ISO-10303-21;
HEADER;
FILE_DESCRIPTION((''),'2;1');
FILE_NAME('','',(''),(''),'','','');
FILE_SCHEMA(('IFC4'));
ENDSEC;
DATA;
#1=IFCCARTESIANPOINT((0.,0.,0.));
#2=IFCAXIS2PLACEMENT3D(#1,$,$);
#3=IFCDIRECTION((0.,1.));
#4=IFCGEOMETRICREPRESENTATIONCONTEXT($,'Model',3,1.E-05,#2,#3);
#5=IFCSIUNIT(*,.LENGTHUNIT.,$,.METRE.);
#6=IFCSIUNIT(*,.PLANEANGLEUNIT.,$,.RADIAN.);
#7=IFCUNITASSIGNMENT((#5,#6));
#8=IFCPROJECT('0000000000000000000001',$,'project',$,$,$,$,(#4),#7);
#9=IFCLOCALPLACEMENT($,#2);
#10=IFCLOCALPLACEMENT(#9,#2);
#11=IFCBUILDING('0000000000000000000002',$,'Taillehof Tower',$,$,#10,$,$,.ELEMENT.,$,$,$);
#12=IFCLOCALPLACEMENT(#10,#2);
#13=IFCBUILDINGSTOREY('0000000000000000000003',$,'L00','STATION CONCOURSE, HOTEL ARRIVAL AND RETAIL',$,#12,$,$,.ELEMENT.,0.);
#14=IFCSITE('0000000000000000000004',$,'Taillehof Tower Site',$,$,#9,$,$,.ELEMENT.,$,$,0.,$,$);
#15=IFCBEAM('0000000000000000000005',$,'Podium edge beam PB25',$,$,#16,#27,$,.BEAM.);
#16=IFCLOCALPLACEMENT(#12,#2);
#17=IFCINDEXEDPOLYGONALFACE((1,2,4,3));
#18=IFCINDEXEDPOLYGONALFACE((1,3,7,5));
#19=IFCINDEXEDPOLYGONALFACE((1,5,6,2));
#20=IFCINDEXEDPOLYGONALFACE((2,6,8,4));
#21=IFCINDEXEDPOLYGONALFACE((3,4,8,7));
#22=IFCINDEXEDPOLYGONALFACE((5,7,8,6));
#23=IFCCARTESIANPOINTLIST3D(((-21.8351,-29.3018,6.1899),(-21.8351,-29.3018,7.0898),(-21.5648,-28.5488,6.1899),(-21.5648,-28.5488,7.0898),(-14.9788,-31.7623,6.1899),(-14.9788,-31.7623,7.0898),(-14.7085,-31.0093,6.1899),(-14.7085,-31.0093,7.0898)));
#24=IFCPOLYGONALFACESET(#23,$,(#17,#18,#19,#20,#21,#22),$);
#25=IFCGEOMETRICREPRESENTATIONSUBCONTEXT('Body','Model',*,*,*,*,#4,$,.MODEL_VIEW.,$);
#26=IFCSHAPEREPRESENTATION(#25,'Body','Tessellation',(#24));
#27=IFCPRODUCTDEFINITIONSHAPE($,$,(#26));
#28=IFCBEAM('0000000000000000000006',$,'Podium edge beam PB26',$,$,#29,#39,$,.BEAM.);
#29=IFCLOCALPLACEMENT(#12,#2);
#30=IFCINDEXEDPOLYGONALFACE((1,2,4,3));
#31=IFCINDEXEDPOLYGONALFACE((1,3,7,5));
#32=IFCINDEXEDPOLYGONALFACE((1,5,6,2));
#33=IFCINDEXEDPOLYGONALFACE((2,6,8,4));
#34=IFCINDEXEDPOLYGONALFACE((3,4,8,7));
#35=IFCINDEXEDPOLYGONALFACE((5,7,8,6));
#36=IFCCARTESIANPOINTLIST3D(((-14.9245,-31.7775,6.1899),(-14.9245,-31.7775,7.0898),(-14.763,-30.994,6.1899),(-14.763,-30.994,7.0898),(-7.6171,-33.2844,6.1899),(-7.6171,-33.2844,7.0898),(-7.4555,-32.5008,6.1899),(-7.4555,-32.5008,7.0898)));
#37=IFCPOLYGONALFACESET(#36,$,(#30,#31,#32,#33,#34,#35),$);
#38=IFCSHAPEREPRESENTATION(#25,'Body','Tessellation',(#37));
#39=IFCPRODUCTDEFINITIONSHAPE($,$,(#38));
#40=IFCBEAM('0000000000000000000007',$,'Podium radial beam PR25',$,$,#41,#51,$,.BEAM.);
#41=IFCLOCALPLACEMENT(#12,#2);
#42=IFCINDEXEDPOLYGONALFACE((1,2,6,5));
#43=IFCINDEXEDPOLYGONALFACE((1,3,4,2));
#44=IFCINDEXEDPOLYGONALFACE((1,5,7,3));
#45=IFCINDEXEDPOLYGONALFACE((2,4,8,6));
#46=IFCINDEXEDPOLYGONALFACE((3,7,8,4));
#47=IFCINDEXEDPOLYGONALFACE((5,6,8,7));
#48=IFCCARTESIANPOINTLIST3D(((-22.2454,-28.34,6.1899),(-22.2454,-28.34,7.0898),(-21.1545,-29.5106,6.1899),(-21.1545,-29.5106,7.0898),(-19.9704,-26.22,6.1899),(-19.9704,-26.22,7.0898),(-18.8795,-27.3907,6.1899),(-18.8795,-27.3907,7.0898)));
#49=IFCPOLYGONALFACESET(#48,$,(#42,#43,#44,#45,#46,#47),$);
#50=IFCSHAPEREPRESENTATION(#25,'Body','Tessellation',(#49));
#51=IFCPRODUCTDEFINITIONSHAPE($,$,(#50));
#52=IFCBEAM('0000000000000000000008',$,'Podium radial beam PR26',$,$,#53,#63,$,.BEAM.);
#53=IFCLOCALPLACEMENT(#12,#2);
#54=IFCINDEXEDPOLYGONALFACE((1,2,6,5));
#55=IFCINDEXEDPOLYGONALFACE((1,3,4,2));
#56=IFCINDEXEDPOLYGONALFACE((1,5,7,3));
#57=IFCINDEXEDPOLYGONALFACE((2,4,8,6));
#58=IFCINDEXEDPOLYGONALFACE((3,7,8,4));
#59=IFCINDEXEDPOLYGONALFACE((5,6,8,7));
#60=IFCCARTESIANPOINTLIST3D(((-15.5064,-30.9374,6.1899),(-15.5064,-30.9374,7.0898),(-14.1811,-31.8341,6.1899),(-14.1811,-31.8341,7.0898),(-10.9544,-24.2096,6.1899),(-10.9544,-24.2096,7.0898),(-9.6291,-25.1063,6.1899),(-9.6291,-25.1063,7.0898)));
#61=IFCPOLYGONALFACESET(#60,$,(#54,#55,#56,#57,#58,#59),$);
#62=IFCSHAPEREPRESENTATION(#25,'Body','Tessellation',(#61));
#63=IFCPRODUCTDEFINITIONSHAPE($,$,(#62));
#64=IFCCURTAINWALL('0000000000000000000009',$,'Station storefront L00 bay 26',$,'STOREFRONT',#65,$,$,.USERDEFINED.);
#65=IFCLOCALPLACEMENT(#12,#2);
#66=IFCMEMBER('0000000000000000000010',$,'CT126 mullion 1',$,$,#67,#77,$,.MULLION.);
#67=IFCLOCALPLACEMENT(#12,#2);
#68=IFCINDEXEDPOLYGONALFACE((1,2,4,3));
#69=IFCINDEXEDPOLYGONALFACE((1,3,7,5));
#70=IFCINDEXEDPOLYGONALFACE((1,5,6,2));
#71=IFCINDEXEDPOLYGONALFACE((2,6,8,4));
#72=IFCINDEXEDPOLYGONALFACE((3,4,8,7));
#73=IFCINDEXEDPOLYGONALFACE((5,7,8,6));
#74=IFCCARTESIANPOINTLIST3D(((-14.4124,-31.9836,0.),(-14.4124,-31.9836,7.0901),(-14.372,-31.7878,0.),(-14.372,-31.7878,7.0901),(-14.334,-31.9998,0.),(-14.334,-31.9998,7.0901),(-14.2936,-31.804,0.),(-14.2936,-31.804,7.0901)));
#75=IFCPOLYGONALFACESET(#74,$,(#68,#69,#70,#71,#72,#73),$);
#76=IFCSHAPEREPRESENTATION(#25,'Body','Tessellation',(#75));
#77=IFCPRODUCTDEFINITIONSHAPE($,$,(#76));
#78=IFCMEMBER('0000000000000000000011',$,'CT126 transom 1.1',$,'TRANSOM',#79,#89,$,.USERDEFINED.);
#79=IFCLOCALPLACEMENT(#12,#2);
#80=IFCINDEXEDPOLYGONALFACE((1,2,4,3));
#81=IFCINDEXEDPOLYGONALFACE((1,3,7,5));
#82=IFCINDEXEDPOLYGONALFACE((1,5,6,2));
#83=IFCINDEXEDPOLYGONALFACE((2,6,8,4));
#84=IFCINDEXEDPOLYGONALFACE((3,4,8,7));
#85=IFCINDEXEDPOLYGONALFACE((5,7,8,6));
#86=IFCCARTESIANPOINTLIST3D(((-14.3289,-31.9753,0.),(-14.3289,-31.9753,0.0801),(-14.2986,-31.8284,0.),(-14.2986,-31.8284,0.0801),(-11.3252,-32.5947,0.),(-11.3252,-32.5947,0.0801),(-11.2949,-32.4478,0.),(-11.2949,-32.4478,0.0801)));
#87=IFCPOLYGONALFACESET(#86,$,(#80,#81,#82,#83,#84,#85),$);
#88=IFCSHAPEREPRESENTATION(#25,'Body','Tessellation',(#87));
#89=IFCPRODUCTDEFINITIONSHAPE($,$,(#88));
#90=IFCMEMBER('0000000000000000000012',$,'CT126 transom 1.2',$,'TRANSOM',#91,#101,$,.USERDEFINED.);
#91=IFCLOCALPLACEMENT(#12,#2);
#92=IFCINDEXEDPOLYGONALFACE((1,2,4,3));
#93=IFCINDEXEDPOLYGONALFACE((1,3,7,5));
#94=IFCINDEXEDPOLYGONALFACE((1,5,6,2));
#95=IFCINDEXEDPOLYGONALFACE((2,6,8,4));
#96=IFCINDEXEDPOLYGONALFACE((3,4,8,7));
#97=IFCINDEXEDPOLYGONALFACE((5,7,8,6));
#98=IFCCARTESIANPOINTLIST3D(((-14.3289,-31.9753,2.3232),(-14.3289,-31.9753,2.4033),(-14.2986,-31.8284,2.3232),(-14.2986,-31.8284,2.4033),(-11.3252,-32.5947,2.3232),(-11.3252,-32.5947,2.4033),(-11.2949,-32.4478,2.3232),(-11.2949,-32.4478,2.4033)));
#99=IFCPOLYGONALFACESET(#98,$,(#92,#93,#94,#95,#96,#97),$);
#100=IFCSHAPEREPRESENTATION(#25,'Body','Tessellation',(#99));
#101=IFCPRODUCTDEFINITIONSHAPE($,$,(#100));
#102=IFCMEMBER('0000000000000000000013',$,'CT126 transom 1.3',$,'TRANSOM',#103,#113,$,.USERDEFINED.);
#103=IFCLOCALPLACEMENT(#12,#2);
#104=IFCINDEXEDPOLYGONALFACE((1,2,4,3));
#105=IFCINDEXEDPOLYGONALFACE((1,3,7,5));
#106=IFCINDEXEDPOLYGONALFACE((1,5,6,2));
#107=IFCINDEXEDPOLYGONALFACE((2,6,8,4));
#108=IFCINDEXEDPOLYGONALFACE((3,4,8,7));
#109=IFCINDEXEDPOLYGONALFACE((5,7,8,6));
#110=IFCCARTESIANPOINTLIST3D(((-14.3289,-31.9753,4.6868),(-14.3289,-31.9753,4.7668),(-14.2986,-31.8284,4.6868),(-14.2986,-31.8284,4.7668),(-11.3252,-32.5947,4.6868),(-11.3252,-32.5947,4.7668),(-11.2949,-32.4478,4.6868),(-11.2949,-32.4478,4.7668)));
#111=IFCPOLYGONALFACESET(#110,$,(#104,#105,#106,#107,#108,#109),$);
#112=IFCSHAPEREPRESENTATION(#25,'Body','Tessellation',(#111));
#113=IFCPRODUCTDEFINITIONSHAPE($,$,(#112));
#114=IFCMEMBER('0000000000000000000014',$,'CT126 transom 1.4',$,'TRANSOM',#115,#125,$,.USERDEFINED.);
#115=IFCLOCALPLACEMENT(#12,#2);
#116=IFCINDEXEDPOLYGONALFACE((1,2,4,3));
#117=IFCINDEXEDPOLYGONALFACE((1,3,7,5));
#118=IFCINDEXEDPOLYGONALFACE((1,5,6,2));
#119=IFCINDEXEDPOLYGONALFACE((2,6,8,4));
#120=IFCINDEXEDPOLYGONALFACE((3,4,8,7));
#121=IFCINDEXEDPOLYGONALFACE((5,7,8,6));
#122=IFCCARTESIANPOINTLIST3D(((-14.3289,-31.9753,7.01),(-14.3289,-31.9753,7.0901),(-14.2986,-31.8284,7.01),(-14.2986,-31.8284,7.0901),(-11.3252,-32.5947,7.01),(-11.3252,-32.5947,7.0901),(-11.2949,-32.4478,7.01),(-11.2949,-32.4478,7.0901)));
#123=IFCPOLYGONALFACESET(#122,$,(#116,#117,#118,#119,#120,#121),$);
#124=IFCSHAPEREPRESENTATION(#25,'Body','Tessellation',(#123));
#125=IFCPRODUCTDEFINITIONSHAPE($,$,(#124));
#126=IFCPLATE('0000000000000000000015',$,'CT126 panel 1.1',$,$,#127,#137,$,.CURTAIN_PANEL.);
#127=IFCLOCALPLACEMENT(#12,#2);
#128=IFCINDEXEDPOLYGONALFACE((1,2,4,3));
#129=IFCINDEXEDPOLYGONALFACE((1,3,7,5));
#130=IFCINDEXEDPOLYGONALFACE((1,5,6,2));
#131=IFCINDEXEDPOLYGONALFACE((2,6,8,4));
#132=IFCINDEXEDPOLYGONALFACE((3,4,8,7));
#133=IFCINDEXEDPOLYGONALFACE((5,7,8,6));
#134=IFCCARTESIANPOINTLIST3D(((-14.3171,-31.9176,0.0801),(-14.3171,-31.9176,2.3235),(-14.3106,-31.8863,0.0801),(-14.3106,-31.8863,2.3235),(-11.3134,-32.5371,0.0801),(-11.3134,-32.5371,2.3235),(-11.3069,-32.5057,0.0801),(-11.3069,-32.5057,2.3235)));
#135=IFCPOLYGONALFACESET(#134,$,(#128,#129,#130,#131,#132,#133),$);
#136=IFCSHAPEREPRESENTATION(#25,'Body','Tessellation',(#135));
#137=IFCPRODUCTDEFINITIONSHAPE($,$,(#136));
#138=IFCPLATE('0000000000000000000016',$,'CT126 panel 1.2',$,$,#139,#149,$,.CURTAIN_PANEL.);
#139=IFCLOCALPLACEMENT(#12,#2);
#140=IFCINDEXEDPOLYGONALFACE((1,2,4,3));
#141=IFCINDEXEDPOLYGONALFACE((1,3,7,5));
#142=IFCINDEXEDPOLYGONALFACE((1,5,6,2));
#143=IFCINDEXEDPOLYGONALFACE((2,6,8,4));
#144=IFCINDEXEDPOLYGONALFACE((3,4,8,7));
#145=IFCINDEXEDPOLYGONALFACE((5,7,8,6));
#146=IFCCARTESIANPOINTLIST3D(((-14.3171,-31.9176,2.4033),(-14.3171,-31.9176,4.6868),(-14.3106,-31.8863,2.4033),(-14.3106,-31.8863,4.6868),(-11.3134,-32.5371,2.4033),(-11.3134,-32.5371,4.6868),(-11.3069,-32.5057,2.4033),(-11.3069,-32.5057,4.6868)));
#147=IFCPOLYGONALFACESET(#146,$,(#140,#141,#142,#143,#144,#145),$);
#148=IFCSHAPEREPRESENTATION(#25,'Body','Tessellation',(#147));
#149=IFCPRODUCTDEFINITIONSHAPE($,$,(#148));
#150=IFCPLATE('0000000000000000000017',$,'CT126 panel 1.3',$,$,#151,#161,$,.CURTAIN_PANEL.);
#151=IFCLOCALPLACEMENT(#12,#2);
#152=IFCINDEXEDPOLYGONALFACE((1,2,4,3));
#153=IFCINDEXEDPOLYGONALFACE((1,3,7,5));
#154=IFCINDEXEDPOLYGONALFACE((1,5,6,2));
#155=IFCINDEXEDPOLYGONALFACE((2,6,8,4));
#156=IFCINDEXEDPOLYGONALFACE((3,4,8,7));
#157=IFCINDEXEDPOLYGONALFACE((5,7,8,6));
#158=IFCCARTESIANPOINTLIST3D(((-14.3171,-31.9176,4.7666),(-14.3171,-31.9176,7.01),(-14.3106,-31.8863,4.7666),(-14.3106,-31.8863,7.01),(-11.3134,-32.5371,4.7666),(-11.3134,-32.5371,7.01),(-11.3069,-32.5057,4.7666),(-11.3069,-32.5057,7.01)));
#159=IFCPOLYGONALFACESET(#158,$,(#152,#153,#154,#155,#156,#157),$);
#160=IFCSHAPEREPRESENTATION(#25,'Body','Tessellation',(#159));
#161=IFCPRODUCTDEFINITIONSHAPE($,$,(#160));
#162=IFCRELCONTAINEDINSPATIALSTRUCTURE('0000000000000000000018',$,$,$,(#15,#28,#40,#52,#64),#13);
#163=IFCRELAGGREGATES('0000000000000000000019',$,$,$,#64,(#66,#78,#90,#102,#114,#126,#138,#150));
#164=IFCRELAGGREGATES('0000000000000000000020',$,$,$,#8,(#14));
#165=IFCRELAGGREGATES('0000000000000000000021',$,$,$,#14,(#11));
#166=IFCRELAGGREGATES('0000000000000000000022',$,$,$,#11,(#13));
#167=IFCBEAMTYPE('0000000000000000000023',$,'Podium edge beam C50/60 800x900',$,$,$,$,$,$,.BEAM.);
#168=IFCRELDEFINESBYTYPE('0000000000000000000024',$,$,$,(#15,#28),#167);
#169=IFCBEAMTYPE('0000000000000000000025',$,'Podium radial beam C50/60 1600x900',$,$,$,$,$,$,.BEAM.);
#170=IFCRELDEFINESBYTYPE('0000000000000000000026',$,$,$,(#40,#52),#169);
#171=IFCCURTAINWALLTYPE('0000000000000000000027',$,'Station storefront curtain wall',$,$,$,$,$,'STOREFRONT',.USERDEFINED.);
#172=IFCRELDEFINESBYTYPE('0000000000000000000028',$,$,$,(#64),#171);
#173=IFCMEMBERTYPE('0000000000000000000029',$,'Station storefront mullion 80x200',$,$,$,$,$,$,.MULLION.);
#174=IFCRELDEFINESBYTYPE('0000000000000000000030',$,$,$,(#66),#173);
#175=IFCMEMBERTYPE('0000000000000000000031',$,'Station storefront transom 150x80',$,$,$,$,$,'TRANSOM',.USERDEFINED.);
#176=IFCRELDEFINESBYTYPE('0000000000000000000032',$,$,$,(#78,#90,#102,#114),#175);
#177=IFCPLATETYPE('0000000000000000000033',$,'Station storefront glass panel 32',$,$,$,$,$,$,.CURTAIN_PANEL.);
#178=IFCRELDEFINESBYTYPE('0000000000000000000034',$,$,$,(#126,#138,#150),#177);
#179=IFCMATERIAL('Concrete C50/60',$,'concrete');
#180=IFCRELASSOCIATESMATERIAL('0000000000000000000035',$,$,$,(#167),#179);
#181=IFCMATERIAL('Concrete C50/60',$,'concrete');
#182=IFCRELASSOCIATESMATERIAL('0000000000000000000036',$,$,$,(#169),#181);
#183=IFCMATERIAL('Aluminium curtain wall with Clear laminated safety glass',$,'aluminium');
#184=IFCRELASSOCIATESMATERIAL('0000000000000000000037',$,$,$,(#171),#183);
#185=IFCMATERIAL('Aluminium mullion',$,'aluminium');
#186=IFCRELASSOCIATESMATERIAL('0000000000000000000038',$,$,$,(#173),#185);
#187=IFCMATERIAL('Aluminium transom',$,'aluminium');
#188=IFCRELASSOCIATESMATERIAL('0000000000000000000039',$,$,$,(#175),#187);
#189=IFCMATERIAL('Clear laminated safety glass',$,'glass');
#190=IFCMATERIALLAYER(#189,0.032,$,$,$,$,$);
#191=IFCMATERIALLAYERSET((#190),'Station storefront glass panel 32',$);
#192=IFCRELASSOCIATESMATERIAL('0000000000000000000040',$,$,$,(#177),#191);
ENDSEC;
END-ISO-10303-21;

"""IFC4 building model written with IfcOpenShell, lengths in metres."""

from ifc_helpers import new_model, si_unit, direction, frame, origin, origin_2d, place, context, subcontext, project, spatial, rectangle, extrude, material, layer, layer_set, material_profile, profile_set, type_object, element, aggregate, save


model = new_model("IFC4")

# Units and contexts
model_context = context("Model", 3, precision=1e-05, world=origin(), true_north=direction((0.0, 1.0)))
body_context = subcontext(model_context, "Body", "Model", "MODEL_VIEW")
ifc_project = project(units=[si_unit("LENGTHUNIT", "METRE"), si_unit("PLANEANGLEUNIT", "RADIAN")], contexts=[model_context])

# Site, building, storey
site_placement = place(None, origin())
site = spatial("IfcSite", under=ifc_project, at=site_placement, Name="Taillehof Tower Site", CompositionType="ELEMENT", RefElevation=0.0)
building_placement = place(site_placement, origin())
building = spatial("IfcBuilding", under=site, at=building_placement, Name="Taillehof Tower", CompositionType="ELEMENT")
storey_placement = place(building_placement, origin())
storey = spatial("IfcBuildingStorey", under=building, at=storey_placement, Name="L00", Description="STATION CONCOURSE, HOTEL ARRIVAL AND RETAIL", CompositionType="ELEMENT", Elevation=0.0)

# Beams
ifc_material_1 = material(Name="Concrete C50/60", Category="concrete")
ifc_material_profile_1 = material_profile(ifc_material_1, rectangle(XDim=0.8, YDim=0.8999, at=origin_2d()), Name="RC 800x900")
ifc_profile_set_1 = profile_set([ifc_material_profile_1], Name="Concrete C50/60")
beam_type_1 = type_object("IfcBeamType", Name="Podium edge beam C50/60 800x900", PredefinedType="BEAM", material=ifc_profile_set_1)
beam_1_placement = place(storey_placement, frame((-21.7, -28.9253, 6.6399), z_axis=(0.941227, -0.337773, 0.0), x_axis=(0.337773, 0.941227, 0.0)))
element("IfcBeam", 1, at=beam_1_placement, inside=storey, type_object=beam_type_1, Name="Podium edge beam PB25", PredefinedType="BEAM", context=body_context, shape_type="SweptSolid", body=[
    extrude(rectangle(XDim=0.8, YDim=0.8999, at=origin_2d()), origin(), (0.0, 0.0, 1.0), 7.2844),
])
beam_2_placement = place(storey_placement, frame((-14.8438, -31.3857, 6.6399), z_axis=(0.979394, -0.201959, 0.0), x_axis=(0.201959, 0.979394, 0.0)))
element("IfcBeam", 2, at=beam_2_placement, inside=storey, type_object=beam_type_1, Name="Podium edge beam PB26", PredefinedType="BEAM", context=body_context, shape_type="SweptSolid", body=[
    extrude(rectangle(XDim=0.8, YDim=0.8999, at=origin_2d()), origin(), (0.0, 0.0, 1.0), 7.4612),
])
ifc_material_2 = material(Name="Concrete C50/60", Category="concrete")
ifc_material_profile_2 = material_profile(ifc_material_2, rectangle(XDim=1.6001, YDim=0.8999, at=origin_2d()), Name="RC 1600x900")
ifc_profile_set_2 = profile_set([ifc_material_profile_2], Name="Concrete C50/60")
beam_type_2 = type_object("IfcBeamType", Name="Podium radial beam C50/60 1600x900", PredefinedType="BEAM", material=ifc_profile_set_2)
beam_3_placement = place(storey_placement, frame((-21.7, -28.9253, 6.6399), z_axis=(0.731596, 0.681739, 0.0), x_axis=(-0.681739, 0.731596, 0.0)))
element("IfcBeam", 3, at=beam_3_placement, inside=storey, type_object=beam_type_2, Name="Podium radial beam PR25", PredefinedType="BEAM", context=body_context, shape_type="SweptSolid", body=[
    extrude(rectangle(XDim=1.6001, YDim=0.8999, at=origin_2d()), origin(), (0.0, 0.0, 1.0), 3.1096),
])
beam_4_placement = place(storey_placement, frame((-14.8438, -31.3857, 6.6399), z_axis=(0.560382, 0.828235, 0.0), x_axis=(-0.828235, 0.560382, 0.0)))
element("IfcBeam", 4, at=beam_4_placement, inside=storey, type_object=beam_type_2, Name="Podium radial beam PR26", PredefinedType="BEAM", context=body_context, shape_type="SweptSolid", body=[
    extrude(rectangle(XDim=1.6001, YDim=0.8999, at=origin_2d()), origin(), (0.0, 0.0, 1.0), 8.123),
])

# Curtain wall, members, plates
ifc_material_3 = material(Name="Aluminium curtain wall with Clear laminated safety glass", Category="aluminium")
curtain_wall_type = type_object("IfcCurtainWallType", Name="Station storefront curtain wall", ElementType="STOREFRONT", PredefinedType="USERDEFINED", material=ifc_material_3)
curtain_wall_placement = place(storey_placement, origin())
curtain_wall = element("IfcCurtainWall", 5, at=curtain_wall_placement, inside=storey, type_object=curtain_wall_type, Name="Station storefront L00 bay 26", ObjectType="STOREFRONT", PredefinedType="USERDEFINED")
ifc_material_4 = material(Name="Aluminium mullion", Category="aluminium")
ifc_material_profile_3 = material_profile(ifc_material_4, rectangle(XDim=0.2, YDim=0.0801, at=origin_2d()), Name="AL 80x200")
ifc_profile_set_3 = profile_set([ifc_material_profile_3], Name="Aluminium mullion")
member_type_1 = type_object("IfcMemberType", Name="Station storefront mullion 80x200", PredefinedType="MULLION", material=ifc_profile_set_3)
member_1_placement = place(storey_placement, frame((-14.353, -31.8938, 0.0), z_axis=(0.0, 0.0, 1.0), x_axis=(0.201976, 0.97939, 0.0)))
member_1 = element("IfcMember", 6, at=member_1_placement, type_object=member_type_1, Name="CT126 mullion 1", PredefinedType="MULLION", context=body_context, shape_type="SweptSolid", body=[
    extrude(rectangle(XDim=0.2, YDim=0.0801, at=origin_2d()), origin(), (0.0, 0.0, 1.0), 7.0901),
])
ifc_material_5 = material(Name="Aluminium transom", Category="aluminium")
ifc_material_profile_4 = material_profile(ifc_material_5, rectangle(XDim=0.1499, YDim=0.0801, at=origin_2d()), Name="AL 150x80")
ifc_profile_set_4 = profile_set([ifc_material_profile_4], Name="Aluminium transom")
member_type_2 = type_object("IfcMemberType", Name="Station storefront transom 150x80", ElementType="TRANSOM", PredefinedType="USERDEFINED", material=ifc_profile_set_4)
member_2_placement = place(storey_placement, frame((-14.3137, -31.9019, 0.04), z_axis=(0.979394, -0.201961, 0.0), x_axis=(0.201961, 0.979394, 0.0)))
member_2 = element("IfcMember", 7, at=member_2_placement, type_object=member_type_2, Name="CT126 transom 1.1", ObjectType="TRANSOM", PredefinedType="USERDEFINED", context=body_context, shape_type="SweptSolid", body=[
    extrude(rectangle(XDim=0.1499, YDim=0.0801, at=origin_2d()), origin(), (0.0, 0.0, 1.0), 3.0669),
])
member_3_placement = place(storey_placement, frame((-14.3137, -31.9019, 2.3633), z_axis=(0.979394, -0.201961, 0.0), x_axis=(0.201961, 0.979394, 0.0)))
member_3 = element("IfcMember", 8, at=member_3_placement, type_object=member_type_2, Name="CT126 transom 1.2", ObjectType="TRANSOM", PredefinedType="USERDEFINED", context=body_context, shape_type="SweptSolid", body=[
    extrude(rectangle(XDim=0.1499, YDim=0.0801, at=origin_2d()), origin(), (0.0, 0.0, 1.0), 3.0669),
])
member_4_placement = place(storey_placement, frame((-14.3137, -31.9019, 4.7268), z_axis=(0.979394, -0.201961, 0.0), x_axis=(0.201961, 0.979394, 0.0)))
member_4 = element("IfcMember", 9, at=member_4_placement, type_object=member_type_2, Name="CT126 transom 1.3", ObjectType="TRANSOM", PredefinedType="USERDEFINED", context=body_context, shape_type="SweptSolid", body=[
    extrude(rectangle(XDim=0.1499, YDim=0.0801, at=origin_2d()), origin(), (0.0, 0.0, 1.0), 3.0669),
])
member_5_placement = place(storey_placement, frame((-14.3137, -31.9019, 7.05), z_axis=(0.979394, -0.201961, 0.0), x_axis=(0.201961, 0.979394, 0.0)))
member_5 = element("IfcMember", 10, at=member_5_placement, type_object=member_type_2, Name="CT126 transom 1.4", ObjectType="TRANSOM", PredefinedType="USERDEFINED", context=body_context, shape_type="SweptSolid", body=[
    extrude(rectangle(XDim=0.1499, YDim=0.0801, at=origin_2d()), origin(), (0.0, 0.0, 1.0), 3.0669),
])
ifc_material_6 = material(Name="Clear laminated safety glass", Category="glass")
ifc_layer_1 = layer(ifc_material_6, 0.032)
ifc_layer_set_1 = layer_set([ifc_layer_1], Name="Station storefront glass panel 32")
plate_type = type_object("IfcPlateType", Name="Station storefront glass panel 32", PredefinedType="CURTAIN_PANEL", material=ifc_layer_set_1)
plate_1_placement = place(storey_placement, frame((-12.812, -32.2117, 0.0801), z_axis=(0.0, 0.0, 1.0), x_axis=(0.97939, -0.201976, 0.0)))
plate_1 = element("IfcPlate", 11, at=plate_1_placement, type_object=plate_type, Name="CT126 panel 1.1", PredefinedType="CURTAIN_PANEL", context=body_context, shape_type="SweptSolid", body=[
    extrude(rectangle(XDim=3.0669, YDim=0.032, at=origin_2d()), origin(), (0.0, 0.0, 1.0), 2.2434),
])
plate_2_placement = place(storey_placement, frame((-12.812, -32.2117, 2.4033), z_axis=(0.0, 0.0, 1.0), x_axis=(0.97939, -0.201976, 0.0)))
plate_2 = element("IfcPlate", 12, at=plate_2_placement, type_object=plate_type, Name="CT126 panel 1.2", PredefinedType="CURTAIN_PANEL", context=body_context, shape_type="SweptSolid", body=[
    extrude(rectangle(XDim=3.0669, YDim=0.032, at=origin_2d()), origin(), (0.0, 0.0, 1.0), 2.2834),
])
plate_3_placement = place(storey_placement, frame((-12.812, -32.2117, 4.7666), z_axis=(0.0, 0.0, 1.0), x_axis=(0.97939, -0.201976, 0.0)))
plate_3 = element("IfcPlate", 13, at=plate_3_placement, type_object=plate_type, Name="CT126 panel 1.3", PredefinedType="CURTAIN_PANEL", context=body_context, shape_type="SweptSolid", body=[
    extrude(rectangle(XDim=3.0669, YDim=0.032, at=origin_2d()), origin(), (0.0, 0.0, 1.0), 2.2434),
])
aggregate(curtain_wall, [member_1, member_2, member_3, member_4, member_5, plate_1, plate_2, plate_3])

save(model, "model.ifc")
